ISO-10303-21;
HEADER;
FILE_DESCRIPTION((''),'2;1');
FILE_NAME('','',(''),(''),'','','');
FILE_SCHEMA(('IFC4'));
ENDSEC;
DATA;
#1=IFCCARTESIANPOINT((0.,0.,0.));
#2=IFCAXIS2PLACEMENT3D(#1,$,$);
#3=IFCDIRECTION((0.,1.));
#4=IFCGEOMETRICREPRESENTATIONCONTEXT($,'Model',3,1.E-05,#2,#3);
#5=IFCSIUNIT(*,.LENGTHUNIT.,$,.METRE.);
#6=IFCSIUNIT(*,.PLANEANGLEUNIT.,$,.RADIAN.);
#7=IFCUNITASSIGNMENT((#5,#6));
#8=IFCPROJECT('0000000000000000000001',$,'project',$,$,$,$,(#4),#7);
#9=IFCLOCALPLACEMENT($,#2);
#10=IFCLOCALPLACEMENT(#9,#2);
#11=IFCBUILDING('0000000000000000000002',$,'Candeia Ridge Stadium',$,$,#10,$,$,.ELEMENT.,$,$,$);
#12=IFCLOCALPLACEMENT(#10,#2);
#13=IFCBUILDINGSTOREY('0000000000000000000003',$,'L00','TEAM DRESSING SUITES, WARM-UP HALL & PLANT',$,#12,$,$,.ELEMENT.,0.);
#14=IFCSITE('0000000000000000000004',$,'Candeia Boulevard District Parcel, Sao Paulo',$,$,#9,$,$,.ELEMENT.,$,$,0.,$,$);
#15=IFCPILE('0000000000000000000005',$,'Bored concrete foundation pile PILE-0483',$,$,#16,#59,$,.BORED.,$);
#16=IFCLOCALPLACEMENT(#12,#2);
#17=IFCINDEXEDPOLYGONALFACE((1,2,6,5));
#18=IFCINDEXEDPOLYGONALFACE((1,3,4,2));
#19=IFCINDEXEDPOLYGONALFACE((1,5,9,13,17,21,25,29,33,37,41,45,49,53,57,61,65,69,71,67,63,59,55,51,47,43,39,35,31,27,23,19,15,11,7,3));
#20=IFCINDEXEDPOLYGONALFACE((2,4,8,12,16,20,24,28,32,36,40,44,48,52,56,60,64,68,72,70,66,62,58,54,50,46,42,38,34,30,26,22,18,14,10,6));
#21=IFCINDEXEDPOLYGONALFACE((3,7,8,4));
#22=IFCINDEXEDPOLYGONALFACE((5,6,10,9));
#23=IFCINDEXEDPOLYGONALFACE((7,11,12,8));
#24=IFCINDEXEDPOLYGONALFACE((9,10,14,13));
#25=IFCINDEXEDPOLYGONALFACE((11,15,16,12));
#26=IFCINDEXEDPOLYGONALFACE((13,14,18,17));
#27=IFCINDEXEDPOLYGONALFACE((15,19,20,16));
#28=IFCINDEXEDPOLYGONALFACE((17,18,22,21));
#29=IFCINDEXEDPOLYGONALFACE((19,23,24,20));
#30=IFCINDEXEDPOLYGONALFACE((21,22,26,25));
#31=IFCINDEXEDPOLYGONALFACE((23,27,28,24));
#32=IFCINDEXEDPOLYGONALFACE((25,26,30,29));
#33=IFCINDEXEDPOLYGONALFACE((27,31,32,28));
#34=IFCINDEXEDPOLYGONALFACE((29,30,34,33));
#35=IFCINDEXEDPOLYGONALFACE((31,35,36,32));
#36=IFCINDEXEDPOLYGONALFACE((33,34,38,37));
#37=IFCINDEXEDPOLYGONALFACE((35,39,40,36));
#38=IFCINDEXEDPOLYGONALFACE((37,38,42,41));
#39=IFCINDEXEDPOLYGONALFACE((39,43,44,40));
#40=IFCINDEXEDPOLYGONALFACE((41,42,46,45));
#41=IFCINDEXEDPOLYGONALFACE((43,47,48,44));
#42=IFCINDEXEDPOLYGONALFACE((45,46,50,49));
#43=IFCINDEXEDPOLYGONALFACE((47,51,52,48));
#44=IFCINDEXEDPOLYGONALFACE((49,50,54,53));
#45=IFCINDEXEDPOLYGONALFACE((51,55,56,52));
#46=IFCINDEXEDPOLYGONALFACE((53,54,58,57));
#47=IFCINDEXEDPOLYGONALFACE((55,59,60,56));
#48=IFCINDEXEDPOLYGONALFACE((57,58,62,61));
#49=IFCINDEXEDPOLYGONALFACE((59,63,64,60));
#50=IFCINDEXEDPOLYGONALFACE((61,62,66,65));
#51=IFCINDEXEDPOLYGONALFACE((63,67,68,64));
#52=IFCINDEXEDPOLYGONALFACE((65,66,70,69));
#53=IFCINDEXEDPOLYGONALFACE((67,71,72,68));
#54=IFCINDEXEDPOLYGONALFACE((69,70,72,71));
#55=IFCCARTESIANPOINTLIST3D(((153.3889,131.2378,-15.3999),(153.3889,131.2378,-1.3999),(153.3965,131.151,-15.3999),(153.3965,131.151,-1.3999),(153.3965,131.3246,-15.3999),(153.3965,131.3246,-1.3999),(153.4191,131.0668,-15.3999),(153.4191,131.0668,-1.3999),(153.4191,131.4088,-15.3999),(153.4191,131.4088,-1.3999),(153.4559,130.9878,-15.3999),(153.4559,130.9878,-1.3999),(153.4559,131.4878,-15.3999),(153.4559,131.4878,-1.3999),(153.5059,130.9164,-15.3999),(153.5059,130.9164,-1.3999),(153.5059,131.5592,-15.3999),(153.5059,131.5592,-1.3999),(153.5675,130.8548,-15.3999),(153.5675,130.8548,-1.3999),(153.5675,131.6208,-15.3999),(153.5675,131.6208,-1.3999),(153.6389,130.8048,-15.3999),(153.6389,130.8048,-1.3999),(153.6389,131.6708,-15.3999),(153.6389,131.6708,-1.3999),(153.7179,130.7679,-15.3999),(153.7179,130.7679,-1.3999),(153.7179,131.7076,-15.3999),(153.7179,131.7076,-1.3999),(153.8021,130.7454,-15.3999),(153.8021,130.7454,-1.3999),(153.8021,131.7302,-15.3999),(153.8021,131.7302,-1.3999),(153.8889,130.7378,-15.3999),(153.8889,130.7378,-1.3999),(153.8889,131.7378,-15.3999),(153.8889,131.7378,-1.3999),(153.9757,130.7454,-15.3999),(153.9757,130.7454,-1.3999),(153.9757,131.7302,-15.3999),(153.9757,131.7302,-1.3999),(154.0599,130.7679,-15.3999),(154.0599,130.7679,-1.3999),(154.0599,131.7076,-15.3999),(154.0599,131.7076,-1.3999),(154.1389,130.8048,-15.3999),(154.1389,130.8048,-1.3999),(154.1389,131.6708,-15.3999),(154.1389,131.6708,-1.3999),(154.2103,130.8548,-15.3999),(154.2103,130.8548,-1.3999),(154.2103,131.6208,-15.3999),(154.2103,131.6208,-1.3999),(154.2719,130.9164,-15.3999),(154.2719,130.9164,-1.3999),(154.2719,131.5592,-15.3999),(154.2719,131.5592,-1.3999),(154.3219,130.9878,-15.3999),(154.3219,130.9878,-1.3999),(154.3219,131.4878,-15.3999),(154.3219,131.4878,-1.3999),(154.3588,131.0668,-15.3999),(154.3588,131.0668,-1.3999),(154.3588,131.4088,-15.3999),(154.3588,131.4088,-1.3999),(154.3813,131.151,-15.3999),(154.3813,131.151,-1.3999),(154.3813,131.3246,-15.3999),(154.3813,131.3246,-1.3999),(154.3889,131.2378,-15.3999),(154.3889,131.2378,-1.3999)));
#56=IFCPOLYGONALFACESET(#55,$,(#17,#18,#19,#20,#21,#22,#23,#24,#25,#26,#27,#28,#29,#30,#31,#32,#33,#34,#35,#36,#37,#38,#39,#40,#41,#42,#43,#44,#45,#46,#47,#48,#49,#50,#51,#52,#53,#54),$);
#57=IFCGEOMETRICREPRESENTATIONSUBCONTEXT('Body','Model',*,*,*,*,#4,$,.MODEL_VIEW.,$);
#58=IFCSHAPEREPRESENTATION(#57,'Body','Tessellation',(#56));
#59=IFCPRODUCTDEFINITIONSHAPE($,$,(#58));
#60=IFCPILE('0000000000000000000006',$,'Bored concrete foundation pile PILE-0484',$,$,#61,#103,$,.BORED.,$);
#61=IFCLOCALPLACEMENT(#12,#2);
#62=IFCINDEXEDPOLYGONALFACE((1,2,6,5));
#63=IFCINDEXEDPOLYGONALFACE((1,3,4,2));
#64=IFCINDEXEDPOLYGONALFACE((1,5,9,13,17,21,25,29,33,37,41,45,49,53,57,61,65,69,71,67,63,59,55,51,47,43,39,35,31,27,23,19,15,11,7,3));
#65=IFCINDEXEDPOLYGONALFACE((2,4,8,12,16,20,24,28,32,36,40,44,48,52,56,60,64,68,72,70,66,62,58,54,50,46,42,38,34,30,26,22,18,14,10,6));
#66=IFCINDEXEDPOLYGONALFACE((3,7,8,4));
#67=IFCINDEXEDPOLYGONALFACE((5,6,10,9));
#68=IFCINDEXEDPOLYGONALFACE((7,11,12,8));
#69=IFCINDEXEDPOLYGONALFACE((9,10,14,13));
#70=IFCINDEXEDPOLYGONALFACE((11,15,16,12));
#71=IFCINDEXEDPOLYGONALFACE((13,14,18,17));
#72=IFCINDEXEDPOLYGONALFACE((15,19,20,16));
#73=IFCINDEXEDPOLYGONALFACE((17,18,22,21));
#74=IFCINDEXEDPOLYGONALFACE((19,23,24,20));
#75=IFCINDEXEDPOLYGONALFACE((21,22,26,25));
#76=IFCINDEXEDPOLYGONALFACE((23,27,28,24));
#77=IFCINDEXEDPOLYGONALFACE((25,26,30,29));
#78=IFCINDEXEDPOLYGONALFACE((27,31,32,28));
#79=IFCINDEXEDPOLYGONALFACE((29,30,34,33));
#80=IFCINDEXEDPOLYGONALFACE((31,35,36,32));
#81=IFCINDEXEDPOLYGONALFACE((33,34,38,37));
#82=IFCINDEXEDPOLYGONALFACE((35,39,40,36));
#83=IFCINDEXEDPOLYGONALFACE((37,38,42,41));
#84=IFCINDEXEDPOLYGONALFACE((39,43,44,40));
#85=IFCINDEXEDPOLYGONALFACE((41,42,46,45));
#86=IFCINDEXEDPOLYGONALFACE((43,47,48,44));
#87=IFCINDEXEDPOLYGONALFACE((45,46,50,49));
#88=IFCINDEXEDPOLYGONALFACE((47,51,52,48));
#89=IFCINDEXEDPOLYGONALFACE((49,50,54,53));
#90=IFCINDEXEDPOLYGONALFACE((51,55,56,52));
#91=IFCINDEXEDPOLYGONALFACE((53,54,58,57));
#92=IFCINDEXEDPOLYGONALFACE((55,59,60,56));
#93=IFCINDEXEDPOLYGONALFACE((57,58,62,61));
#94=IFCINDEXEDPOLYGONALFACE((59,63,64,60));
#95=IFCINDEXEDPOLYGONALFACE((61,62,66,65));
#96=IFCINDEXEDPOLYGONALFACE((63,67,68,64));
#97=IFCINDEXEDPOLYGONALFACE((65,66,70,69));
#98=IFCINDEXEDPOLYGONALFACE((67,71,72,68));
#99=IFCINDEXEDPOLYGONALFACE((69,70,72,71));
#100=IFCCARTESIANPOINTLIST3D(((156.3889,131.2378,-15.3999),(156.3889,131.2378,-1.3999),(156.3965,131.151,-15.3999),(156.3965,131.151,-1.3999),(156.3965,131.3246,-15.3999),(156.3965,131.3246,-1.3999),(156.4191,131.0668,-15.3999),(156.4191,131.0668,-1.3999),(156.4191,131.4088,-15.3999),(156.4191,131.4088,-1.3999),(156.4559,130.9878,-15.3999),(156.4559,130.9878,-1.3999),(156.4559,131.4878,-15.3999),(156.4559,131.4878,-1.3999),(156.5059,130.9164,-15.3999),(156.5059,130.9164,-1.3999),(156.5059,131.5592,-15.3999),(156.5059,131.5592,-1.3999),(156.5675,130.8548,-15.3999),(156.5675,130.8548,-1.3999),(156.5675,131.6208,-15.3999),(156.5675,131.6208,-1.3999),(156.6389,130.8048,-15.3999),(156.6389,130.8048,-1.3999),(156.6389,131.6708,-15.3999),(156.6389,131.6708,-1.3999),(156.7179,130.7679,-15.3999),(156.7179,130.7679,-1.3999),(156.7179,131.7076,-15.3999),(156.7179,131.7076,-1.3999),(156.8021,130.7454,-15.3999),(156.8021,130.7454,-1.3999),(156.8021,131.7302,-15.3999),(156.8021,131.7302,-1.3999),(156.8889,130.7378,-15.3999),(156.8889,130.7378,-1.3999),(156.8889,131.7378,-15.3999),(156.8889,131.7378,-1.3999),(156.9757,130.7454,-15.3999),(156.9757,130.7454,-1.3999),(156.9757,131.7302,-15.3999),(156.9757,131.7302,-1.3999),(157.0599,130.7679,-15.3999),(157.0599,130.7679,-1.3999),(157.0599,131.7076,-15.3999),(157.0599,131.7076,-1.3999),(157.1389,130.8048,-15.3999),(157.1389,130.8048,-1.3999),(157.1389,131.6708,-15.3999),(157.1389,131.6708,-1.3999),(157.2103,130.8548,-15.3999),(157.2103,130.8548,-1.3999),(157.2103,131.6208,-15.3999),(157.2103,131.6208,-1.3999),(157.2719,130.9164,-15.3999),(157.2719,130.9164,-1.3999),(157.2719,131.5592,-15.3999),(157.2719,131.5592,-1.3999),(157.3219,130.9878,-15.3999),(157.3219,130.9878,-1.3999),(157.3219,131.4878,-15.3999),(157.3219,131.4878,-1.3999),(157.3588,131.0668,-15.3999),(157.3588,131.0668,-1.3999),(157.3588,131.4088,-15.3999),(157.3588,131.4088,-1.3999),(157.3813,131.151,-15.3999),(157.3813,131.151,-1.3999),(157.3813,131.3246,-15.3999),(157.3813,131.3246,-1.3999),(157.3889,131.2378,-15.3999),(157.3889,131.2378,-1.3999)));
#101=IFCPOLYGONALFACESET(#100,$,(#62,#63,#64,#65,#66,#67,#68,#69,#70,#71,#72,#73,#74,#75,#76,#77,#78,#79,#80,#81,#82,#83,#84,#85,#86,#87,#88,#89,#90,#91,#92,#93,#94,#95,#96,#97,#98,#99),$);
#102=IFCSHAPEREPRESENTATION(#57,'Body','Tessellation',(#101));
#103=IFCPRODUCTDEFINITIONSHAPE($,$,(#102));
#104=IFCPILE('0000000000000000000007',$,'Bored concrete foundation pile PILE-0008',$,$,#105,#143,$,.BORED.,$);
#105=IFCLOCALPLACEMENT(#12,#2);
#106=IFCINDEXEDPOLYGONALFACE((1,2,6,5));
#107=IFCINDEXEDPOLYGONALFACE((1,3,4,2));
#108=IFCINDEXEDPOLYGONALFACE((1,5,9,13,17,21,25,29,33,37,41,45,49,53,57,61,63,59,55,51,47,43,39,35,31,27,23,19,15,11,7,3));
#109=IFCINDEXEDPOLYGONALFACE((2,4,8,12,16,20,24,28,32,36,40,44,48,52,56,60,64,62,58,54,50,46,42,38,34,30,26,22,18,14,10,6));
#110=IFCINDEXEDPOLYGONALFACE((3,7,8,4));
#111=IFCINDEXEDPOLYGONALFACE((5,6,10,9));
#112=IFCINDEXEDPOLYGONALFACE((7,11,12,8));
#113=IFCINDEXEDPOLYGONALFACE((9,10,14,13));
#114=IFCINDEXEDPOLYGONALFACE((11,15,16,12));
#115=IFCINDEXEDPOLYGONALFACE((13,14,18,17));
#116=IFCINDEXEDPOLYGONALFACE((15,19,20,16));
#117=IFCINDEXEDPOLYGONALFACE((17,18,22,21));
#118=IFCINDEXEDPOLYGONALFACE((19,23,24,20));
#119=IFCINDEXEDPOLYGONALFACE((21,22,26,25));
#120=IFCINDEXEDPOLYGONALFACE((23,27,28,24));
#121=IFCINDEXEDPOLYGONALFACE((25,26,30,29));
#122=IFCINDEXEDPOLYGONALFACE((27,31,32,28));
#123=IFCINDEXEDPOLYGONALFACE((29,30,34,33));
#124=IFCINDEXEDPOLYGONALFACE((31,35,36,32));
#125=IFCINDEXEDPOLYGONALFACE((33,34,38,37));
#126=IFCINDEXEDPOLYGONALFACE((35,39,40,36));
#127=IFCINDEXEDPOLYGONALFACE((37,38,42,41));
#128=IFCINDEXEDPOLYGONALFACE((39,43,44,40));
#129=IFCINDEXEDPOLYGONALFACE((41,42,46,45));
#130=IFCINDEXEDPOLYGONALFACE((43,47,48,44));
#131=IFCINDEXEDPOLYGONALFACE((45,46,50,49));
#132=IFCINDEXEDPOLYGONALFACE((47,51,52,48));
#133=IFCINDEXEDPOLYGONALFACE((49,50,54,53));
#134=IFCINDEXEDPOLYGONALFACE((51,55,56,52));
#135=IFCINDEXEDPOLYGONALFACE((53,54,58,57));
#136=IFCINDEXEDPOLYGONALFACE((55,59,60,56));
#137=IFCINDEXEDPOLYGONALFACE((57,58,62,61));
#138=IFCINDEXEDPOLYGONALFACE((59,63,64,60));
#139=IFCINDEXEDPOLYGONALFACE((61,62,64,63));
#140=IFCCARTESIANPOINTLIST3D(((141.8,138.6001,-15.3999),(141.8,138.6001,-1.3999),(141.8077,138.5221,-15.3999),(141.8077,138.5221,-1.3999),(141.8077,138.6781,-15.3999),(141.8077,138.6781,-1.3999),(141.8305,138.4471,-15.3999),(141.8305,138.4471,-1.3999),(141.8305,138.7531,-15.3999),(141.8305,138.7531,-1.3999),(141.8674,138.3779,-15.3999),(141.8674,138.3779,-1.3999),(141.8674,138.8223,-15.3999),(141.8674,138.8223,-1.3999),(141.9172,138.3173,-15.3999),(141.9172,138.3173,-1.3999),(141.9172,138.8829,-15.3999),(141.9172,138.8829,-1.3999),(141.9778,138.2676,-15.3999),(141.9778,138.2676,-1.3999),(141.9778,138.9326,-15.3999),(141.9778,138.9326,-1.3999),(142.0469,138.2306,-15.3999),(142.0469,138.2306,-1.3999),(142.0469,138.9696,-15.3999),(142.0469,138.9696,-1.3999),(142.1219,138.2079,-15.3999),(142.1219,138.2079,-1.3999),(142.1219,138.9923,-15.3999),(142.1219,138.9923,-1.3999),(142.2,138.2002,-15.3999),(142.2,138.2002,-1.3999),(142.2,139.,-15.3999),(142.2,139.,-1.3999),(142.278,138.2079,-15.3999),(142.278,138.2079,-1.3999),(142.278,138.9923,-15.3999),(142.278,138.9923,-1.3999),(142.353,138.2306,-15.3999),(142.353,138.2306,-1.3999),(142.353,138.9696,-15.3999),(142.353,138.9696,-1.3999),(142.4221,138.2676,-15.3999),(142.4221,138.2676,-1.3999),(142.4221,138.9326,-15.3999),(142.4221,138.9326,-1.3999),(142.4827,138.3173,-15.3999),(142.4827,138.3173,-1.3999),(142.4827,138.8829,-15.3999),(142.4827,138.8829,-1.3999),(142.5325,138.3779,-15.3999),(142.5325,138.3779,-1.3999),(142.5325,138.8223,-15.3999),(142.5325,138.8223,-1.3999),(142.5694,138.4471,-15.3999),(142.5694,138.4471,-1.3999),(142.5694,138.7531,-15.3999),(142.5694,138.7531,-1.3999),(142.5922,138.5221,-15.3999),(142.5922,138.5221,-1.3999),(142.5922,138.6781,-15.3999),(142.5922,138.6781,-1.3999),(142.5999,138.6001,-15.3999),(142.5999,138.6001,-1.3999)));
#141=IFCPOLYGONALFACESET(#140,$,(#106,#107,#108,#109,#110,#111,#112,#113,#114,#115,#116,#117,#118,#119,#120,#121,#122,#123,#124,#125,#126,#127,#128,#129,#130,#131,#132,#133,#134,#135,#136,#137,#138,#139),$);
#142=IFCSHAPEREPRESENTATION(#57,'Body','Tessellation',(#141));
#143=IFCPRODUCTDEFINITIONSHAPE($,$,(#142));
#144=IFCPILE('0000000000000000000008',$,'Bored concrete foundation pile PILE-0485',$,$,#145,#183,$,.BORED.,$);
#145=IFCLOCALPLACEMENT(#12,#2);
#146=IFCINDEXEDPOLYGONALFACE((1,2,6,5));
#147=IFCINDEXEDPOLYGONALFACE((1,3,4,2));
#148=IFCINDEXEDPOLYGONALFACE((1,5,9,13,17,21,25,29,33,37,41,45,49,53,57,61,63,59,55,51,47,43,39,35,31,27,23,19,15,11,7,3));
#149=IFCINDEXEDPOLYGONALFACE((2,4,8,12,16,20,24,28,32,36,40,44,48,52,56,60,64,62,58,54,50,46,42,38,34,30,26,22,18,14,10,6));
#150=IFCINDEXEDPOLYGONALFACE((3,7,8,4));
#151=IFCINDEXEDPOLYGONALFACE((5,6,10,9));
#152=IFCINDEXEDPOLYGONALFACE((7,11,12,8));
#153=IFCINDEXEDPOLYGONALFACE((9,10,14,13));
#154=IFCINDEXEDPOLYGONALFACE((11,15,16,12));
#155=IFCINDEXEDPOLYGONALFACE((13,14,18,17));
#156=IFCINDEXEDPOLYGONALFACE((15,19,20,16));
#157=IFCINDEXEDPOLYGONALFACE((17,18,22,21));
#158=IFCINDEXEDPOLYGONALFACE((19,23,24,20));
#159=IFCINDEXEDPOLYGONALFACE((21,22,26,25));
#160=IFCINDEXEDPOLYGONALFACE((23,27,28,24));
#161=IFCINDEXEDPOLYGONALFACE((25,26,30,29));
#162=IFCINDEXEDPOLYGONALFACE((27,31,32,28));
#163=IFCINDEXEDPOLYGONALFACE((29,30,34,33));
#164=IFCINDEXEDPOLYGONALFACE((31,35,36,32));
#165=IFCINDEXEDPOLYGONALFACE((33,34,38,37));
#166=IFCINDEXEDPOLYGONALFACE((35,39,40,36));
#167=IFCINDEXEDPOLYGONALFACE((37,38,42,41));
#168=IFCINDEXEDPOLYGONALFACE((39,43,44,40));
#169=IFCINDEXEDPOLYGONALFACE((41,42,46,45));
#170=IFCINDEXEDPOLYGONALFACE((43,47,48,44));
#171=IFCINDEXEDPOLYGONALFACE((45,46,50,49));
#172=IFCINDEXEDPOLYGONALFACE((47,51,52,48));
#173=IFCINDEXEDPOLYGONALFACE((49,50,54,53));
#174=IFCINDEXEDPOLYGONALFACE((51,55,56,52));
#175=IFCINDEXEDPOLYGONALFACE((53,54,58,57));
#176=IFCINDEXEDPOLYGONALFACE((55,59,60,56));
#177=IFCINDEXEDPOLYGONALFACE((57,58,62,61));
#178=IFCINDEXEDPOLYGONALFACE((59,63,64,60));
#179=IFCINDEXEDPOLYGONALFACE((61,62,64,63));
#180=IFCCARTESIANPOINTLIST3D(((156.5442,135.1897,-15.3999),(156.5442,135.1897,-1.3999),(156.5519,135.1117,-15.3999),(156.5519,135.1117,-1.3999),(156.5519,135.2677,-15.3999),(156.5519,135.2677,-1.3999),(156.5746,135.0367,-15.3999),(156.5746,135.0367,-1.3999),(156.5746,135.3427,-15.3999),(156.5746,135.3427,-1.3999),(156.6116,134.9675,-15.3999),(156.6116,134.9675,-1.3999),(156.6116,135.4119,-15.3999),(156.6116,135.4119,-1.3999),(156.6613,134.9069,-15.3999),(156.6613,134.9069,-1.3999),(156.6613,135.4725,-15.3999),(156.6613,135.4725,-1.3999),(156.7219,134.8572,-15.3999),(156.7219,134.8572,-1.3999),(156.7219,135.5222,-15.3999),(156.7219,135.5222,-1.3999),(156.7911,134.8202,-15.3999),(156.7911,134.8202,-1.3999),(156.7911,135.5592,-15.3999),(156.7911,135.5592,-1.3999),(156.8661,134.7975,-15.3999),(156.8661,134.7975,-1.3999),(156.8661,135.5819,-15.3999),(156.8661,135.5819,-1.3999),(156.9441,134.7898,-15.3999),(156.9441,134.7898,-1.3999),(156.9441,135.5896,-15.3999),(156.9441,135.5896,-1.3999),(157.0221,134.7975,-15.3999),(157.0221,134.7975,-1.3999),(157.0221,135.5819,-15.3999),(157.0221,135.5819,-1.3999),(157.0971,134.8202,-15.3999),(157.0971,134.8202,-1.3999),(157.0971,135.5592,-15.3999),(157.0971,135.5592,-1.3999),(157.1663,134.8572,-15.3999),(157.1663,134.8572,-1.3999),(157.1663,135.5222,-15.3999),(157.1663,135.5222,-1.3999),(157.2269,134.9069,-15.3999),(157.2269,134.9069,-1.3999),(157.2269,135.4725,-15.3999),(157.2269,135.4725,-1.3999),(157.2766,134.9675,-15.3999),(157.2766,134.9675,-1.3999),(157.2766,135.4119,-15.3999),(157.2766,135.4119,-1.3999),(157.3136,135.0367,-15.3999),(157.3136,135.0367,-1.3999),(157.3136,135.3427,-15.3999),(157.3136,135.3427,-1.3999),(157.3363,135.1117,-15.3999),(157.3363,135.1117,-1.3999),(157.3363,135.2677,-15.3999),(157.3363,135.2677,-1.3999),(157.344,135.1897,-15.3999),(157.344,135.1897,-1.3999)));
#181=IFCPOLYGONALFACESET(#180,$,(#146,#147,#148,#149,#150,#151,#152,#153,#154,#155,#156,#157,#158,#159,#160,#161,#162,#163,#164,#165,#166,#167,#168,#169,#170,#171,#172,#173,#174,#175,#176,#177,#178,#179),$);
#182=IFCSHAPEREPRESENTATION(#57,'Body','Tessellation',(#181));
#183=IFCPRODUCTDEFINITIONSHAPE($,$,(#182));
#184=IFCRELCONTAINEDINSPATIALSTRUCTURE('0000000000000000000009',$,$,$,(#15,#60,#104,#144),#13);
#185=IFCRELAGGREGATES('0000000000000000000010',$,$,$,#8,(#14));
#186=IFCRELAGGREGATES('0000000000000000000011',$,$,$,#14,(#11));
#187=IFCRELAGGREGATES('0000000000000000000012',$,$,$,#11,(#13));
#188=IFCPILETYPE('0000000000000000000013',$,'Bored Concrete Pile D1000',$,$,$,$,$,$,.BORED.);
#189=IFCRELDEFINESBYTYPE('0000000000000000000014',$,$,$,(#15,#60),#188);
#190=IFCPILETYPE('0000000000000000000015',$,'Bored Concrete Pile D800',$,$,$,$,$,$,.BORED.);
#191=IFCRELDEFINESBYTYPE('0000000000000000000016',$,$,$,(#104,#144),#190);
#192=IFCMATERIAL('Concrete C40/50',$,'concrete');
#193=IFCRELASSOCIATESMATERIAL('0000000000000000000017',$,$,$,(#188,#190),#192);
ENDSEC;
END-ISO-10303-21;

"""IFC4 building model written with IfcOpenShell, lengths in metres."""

from ifc_helpers import new_model, si_unit, direction, frame, origin, origin_2d, place, context, subcontext, project, spatial, circle, extrude, material, material_profile, profile_set, type_object, element, save


model = new_model("IFC4")

# Units and contexts
model_context = context("Model", 3, precision=1e-05, world=origin(), true_north=direction((0.0, 1.0)))
body_context = subcontext(model_context, "Body", "Model", "MODEL_VIEW")
ifc_project = project(units=[si_unit("LENGTHUNIT", "METRE"), si_unit("PLANEANGLEUNIT", "RADIAN")], contexts=[model_context])

# Site, building, storey
site_placement = place(None, origin())
site = spatial("IfcSite", under=ifc_project, at=site_placement, Name="Candeia Boulevard District Parcel, Sao Paulo", CompositionType="ELEMENT", RefElevation=0.0)
building_placement = place(site_placement, origin())
building = spatial("IfcBuilding", under=site, at=building_placement, Name="Candeia Ridge Stadium", CompositionType="ELEMENT")
storey_placement = place(building_placement, origin())
storey = spatial("IfcBuildingStorey", under=building, at=storey_placement, Name="L00", Description="TEAM DRESSING SUITES, WARM-UP HALL & PLANT", CompositionType="ELEMENT", Elevation=0.0)

# Piles
ifc_material_1 = material(Name="Concrete C40/50", Category="concrete")
ifc_material_profile_1 = material_profile(ifc_material_1, circle(Radius=0.5, at=origin_2d()), Name="PILE-D1000", Category="concrete")
ifc_profile_set_1 = profile_set([ifc_material_profile_1], Name="Concrete C40/50")
pile_type_1 = type_object("IfcPileType", Name="Bored Concrete Pile D1000", PredefinedType="BORED", material=ifc_profile_set_1)
for number, where, z_axis, x_axis, name in (
    (1, (153.8889, 131.2378, -1.3999), (0.0, 0.0, -1.0), (1.0, 0.0, 0.0), "Bored concrete foundation pile PILE-0483"),
    (2, (156.8889, 131.2378, -1.3999), (0.0, 0.0, -1.0), (1.0, 0.0, 0.0), "Bored concrete foundation pile PILE-0484"),
):
    element("IfcPile", number, at=place(storey_placement, frame(where, z_axis=z_axis, x_axis=x_axis)), inside=storey, type_object=pile_type_1, Name=name, PredefinedType="BORED", context=body_context, shape_type="SweptSolid", body=[
        extrude(circle(Radius=0.5, at=origin_2d()), origin(), (0.0, 0.0, 1.0), 14.0),
    ])
ifc_material_profile_2 = material_profile(ifc_material_1, circle(Radius=0.3999, at=origin_2d()), Name="PILE-D800", Category="concrete")
ifc_profile_set_2 = profile_set([ifc_material_profile_2], Name="Concrete C40/50")
pile_type_2 = type_object("IfcPileType", Name="Bored Concrete Pile D800", PredefinedType="BORED", material=ifc_profile_set_2)
for number, where, z_axis, x_axis, name in (
    (3, (142.2, 138.6001, -1.3999), (0.0, 0.0, -1.0), (1.0, 0.0, 0.0), "Bored concrete foundation pile PILE-0008"),
    (4, (156.9441, 135.1897, -1.3999), (0.0, 0.0, -1.0), (1.0, 0.0, 0.0), "Bored concrete foundation pile PILE-0485"),
):
    element("IfcPile", number, at=place(storey_placement, frame(where, z_axis=z_axis, x_axis=x_axis)), inside=storey, type_object=pile_type_2, Name=name, PredefinedType="BORED", context=body_context, shape_type="SweptSolid", body=[
        extrude(circle(Radius=0.3999, at=origin_2d()), origin(), (0.0, 0.0, 1.0), 14.0),
    ])

save(model, "model.ifc")
